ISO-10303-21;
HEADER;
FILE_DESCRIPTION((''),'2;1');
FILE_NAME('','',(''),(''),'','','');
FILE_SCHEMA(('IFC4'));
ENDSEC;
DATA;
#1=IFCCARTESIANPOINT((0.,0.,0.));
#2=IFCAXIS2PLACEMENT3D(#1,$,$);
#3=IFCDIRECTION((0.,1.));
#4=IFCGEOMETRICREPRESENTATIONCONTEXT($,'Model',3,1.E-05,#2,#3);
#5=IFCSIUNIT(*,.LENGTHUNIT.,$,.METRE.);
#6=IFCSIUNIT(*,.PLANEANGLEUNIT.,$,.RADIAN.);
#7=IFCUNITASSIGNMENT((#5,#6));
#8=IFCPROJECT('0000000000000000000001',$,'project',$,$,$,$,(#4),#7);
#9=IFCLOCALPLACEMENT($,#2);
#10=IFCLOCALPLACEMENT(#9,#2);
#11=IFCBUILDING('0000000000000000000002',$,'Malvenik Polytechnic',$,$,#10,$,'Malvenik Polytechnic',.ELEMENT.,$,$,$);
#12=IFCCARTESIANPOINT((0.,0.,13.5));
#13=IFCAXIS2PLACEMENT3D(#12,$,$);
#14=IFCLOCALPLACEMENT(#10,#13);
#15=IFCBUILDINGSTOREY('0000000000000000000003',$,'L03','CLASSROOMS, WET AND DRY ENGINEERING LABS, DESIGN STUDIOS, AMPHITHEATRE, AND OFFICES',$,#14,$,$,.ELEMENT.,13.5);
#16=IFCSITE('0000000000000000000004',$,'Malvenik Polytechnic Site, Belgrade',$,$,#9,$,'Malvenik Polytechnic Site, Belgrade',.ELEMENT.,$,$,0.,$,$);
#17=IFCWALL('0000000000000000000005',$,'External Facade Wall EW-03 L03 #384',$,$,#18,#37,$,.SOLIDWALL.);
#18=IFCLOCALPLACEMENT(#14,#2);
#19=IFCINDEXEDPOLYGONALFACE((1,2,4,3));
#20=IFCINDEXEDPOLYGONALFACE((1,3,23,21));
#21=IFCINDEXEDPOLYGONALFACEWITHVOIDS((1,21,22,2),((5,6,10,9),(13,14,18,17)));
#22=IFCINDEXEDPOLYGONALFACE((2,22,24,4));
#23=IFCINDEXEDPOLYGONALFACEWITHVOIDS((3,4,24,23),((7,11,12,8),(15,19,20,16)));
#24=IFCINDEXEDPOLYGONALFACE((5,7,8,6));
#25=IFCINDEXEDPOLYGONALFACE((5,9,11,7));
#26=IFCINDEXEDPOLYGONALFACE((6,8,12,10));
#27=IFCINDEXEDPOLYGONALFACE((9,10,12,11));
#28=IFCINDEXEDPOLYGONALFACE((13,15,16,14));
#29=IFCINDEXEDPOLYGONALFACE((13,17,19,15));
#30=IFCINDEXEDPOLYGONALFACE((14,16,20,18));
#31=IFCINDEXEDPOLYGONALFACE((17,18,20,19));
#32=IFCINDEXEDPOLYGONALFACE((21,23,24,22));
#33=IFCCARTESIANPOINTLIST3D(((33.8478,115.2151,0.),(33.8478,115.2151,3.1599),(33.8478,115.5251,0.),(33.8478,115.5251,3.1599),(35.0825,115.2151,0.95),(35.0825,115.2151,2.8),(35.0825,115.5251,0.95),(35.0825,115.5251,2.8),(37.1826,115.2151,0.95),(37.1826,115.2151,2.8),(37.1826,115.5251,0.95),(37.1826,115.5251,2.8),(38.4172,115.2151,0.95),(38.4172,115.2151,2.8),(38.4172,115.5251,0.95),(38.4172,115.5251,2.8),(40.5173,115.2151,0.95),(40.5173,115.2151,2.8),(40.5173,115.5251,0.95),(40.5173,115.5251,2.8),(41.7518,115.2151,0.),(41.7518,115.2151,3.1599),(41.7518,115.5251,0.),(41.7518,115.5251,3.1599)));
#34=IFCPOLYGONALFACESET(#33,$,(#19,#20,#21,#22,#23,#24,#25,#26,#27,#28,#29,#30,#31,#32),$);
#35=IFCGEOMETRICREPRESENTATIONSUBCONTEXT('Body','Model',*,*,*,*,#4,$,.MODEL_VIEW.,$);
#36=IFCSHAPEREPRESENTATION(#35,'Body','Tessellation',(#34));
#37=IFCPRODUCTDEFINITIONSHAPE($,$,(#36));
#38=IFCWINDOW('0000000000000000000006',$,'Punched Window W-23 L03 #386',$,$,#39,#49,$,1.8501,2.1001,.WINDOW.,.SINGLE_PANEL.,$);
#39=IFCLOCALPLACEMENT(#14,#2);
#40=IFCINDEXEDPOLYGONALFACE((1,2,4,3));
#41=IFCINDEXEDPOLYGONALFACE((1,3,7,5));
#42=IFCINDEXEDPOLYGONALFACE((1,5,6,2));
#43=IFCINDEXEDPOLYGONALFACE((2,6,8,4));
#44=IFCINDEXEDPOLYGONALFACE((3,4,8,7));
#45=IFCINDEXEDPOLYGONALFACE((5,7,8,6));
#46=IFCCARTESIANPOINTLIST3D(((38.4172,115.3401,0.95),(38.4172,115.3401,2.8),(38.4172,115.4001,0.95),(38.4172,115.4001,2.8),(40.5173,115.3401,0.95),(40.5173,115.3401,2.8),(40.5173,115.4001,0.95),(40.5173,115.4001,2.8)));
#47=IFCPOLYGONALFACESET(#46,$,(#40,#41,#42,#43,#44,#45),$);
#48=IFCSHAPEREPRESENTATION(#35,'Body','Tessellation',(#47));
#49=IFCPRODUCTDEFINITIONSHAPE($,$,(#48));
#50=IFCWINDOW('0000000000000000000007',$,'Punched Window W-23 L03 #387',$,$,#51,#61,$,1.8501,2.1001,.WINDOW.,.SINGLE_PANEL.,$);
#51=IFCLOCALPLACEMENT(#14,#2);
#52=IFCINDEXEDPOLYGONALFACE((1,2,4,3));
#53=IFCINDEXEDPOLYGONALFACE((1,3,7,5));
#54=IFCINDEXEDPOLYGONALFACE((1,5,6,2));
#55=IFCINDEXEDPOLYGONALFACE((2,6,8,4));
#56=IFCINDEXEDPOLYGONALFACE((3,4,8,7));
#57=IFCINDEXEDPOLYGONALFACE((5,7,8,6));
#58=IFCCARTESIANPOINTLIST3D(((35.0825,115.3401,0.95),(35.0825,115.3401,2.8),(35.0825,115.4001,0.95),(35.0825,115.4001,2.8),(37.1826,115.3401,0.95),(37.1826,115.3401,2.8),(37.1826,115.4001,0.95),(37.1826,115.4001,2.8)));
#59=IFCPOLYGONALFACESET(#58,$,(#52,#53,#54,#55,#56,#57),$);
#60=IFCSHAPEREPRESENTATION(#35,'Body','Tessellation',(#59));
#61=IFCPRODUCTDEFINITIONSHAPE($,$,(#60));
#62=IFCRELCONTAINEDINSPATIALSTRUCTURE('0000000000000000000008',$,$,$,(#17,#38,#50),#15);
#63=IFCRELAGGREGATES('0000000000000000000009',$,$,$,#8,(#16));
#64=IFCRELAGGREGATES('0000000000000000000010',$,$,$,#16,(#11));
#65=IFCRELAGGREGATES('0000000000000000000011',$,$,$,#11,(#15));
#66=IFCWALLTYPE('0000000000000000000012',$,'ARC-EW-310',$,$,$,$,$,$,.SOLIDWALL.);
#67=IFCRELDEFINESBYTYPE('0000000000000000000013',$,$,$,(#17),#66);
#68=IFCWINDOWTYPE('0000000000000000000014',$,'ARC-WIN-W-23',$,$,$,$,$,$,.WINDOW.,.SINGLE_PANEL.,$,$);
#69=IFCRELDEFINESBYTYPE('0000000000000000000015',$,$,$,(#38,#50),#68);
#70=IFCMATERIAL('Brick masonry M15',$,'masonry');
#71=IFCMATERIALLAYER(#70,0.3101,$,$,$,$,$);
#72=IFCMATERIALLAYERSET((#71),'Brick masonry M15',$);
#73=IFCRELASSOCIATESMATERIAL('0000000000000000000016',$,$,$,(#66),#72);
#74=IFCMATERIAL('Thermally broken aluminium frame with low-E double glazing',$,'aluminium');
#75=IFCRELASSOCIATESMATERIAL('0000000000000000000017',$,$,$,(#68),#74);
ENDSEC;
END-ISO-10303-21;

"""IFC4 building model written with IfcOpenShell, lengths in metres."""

from ifc_helpers import new_model, si_unit, direction, frame, frame_2d, origin, place, context, subcontext, project, spatial, rectangle, extrude, material, layer, layer_set, type_object, element, fill, save


model = new_model("IFC4")

# Units and contexts
model_context = context("Model", 3, precision=1e-05, world=origin(), true_north=direction((0.0, 1.0)))
body_context = subcontext(model_context, "Body", "Model", "MODEL_VIEW")
ifc_project = project(units=[si_unit("LENGTHUNIT", "METRE"), si_unit("PLANEANGLEUNIT", "RADIAN")], contexts=[model_context])

# Site, building, storey
site_placement = place(None, origin())
site = spatial("IfcSite", under=ifc_project, at=site_placement, Name="Malvenik Polytechnic Site, Belgrade", LongName="Malvenik Polytechnic Site, Belgrade", CompositionType="ELEMENT", RefElevation=0.0)
building_placement = place(site_placement, origin())
building = spatial("IfcBuilding", under=site, at=building_placement, Name="Malvenik Polytechnic", LongName="Malvenik Polytechnic", CompositionType="ELEMENT")
storey_placement = place(building_placement, frame((0.0, 0.0, 13.5)))
storey = spatial("IfcBuildingStorey", under=building, at=storey_placement, Name="L03", Description="CLASSROOMS, WET AND DRY ENGINEERING LABS, DESIGN STUDIOS, AMPHITHEATRE, AND OFFICES", CompositionType="ELEMENT", Elevation=13.5)

# Wall, openings, windows
ifc_material_1 = material(Name="Brick masonry M15", Category="masonry")
ifc_layer_1 = layer(ifc_material_1, 0.3101)
ifc_layer_set_1 = layer_set([ifc_layer_1], Name="Brick masonry M15")
wall_type = type_object("IfcWallType", Name="ARC-EW-310", PredefinedType="SOLIDWALL", material=ifc_layer_set_1)
wall_placement = place(storey_placement, frame((41.752, 115.3701, 0.0), z_axis=(0.0, 0.0, 1.0), x_axis=(-1.0, 0.0, 0.0)))
wall = element("IfcWall", 1, at=wall_placement, inside=storey, type_object=wall_type, Name="External Facade Wall EW-03 L03 #384", PredefinedType="SOLIDWALL", context=body_context, shape_type="SweptSolid", body=[
    extrude(rectangle(XDim=7.9041, YDim=0.3101, at=frame_2d((3.9521, 0.0))), origin(), (0.0, 0.0, 1.0), 3.1599),
])
opening_1_placement = place(wall_placement, frame((1.2346, 0.0, 0.95)))
opening_1 = element("IfcOpeningElement", 2, at=opening_1_placement, cuts=wall, PredefinedType="OPENING", context=body_context, shape_type="SweptSolid", body=[
    extrude(rectangle(XDim=2.1001, YDim=1.8501, at=frame_2d((1.05, 0.925))), frame((0.0, 0.165, 0.0), z_axis=(0.0, -1.0, 0.0), x_axis=(1.0, 0.0, 0.0)), (0.0, 0.0, 1.0), 0.3301),
])
opening_2_placement = place(wall_placement, frame((4.5693, 0.0, 0.95)))
opening_2 = element("IfcOpeningElement", 3, at=opening_2_placement, cuts=wall, PredefinedType="OPENING", context=body_context, shape_type="SweptSolid", body=[
    extrude(rectangle(XDim=2.1001, YDim=1.8501, at=frame_2d((1.05, 0.925))), frame((0.0, 0.165, 0.0), z_axis=(0.0, -1.0, 0.0), x_axis=(1.0, 0.0, 0.0)), (0.0, 0.0, 1.0), 0.3301),
])
ifc_material_2 = material(Name="Thermally broken aluminium frame with low-E double glazing", Category="aluminium")
window_type = type_object("IfcWindowType", Name="ARC-WIN-W-23", PartitioningType="SINGLE_PANEL", PredefinedType="WINDOW", material=ifc_material_2)
window_1_placement = place(opening_1_placement, origin())
window_1 = element("IfcWindow", 4, at=window_1_placement, inside=storey, type_object=window_type, Name="Punched Window W-23 L03 #386", OverallHeight=1.8501, OverallWidth=2.1001, PartitioningType="SINGLE_PANEL", PredefinedType="WINDOW", context=body_context, shape_type="SweptSolid", body=[
    extrude(rectangle(XDim=2.1001, YDim=1.8501, at=frame_2d((1.05, 0.925))), frame((0.0, 0.03, 0.0), z_axis=(0.0, -1.0, 0.0), x_axis=(1.0, 0.0, 0.0)), (0.0, 0.0, 1.0), 0.0601),
])
fill(opening_1, window_1)
window_2_placement = place(opening_2_placement, origin())
window_2 = element("IfcWindow", 5, at=window_2_placement, inside=storey, type_object=window_type, Name="Punched Window W-23 L03 #387", OverallHeight=1.8501, OverallWidth=2.1001, PartitioningType="SINGLE_PANEL", PredefinedType="WINDOW", context=body_context, shape_type="SweptSolid", body=[
    extrude(rectangle(XDim=2.1001, YDim=1.8501, at=frame_2d((1.05, 0.925))), frame((0.0, 0.03, 0.0), z_axis=(0.0, -1.0, 0.0), x_axis=(1.0, 0.0, 0.0)), (0.0, 0.0, 1.0), 0.0601),
])
fill(opening_2, window_2)

save(model, "model.ifc")
